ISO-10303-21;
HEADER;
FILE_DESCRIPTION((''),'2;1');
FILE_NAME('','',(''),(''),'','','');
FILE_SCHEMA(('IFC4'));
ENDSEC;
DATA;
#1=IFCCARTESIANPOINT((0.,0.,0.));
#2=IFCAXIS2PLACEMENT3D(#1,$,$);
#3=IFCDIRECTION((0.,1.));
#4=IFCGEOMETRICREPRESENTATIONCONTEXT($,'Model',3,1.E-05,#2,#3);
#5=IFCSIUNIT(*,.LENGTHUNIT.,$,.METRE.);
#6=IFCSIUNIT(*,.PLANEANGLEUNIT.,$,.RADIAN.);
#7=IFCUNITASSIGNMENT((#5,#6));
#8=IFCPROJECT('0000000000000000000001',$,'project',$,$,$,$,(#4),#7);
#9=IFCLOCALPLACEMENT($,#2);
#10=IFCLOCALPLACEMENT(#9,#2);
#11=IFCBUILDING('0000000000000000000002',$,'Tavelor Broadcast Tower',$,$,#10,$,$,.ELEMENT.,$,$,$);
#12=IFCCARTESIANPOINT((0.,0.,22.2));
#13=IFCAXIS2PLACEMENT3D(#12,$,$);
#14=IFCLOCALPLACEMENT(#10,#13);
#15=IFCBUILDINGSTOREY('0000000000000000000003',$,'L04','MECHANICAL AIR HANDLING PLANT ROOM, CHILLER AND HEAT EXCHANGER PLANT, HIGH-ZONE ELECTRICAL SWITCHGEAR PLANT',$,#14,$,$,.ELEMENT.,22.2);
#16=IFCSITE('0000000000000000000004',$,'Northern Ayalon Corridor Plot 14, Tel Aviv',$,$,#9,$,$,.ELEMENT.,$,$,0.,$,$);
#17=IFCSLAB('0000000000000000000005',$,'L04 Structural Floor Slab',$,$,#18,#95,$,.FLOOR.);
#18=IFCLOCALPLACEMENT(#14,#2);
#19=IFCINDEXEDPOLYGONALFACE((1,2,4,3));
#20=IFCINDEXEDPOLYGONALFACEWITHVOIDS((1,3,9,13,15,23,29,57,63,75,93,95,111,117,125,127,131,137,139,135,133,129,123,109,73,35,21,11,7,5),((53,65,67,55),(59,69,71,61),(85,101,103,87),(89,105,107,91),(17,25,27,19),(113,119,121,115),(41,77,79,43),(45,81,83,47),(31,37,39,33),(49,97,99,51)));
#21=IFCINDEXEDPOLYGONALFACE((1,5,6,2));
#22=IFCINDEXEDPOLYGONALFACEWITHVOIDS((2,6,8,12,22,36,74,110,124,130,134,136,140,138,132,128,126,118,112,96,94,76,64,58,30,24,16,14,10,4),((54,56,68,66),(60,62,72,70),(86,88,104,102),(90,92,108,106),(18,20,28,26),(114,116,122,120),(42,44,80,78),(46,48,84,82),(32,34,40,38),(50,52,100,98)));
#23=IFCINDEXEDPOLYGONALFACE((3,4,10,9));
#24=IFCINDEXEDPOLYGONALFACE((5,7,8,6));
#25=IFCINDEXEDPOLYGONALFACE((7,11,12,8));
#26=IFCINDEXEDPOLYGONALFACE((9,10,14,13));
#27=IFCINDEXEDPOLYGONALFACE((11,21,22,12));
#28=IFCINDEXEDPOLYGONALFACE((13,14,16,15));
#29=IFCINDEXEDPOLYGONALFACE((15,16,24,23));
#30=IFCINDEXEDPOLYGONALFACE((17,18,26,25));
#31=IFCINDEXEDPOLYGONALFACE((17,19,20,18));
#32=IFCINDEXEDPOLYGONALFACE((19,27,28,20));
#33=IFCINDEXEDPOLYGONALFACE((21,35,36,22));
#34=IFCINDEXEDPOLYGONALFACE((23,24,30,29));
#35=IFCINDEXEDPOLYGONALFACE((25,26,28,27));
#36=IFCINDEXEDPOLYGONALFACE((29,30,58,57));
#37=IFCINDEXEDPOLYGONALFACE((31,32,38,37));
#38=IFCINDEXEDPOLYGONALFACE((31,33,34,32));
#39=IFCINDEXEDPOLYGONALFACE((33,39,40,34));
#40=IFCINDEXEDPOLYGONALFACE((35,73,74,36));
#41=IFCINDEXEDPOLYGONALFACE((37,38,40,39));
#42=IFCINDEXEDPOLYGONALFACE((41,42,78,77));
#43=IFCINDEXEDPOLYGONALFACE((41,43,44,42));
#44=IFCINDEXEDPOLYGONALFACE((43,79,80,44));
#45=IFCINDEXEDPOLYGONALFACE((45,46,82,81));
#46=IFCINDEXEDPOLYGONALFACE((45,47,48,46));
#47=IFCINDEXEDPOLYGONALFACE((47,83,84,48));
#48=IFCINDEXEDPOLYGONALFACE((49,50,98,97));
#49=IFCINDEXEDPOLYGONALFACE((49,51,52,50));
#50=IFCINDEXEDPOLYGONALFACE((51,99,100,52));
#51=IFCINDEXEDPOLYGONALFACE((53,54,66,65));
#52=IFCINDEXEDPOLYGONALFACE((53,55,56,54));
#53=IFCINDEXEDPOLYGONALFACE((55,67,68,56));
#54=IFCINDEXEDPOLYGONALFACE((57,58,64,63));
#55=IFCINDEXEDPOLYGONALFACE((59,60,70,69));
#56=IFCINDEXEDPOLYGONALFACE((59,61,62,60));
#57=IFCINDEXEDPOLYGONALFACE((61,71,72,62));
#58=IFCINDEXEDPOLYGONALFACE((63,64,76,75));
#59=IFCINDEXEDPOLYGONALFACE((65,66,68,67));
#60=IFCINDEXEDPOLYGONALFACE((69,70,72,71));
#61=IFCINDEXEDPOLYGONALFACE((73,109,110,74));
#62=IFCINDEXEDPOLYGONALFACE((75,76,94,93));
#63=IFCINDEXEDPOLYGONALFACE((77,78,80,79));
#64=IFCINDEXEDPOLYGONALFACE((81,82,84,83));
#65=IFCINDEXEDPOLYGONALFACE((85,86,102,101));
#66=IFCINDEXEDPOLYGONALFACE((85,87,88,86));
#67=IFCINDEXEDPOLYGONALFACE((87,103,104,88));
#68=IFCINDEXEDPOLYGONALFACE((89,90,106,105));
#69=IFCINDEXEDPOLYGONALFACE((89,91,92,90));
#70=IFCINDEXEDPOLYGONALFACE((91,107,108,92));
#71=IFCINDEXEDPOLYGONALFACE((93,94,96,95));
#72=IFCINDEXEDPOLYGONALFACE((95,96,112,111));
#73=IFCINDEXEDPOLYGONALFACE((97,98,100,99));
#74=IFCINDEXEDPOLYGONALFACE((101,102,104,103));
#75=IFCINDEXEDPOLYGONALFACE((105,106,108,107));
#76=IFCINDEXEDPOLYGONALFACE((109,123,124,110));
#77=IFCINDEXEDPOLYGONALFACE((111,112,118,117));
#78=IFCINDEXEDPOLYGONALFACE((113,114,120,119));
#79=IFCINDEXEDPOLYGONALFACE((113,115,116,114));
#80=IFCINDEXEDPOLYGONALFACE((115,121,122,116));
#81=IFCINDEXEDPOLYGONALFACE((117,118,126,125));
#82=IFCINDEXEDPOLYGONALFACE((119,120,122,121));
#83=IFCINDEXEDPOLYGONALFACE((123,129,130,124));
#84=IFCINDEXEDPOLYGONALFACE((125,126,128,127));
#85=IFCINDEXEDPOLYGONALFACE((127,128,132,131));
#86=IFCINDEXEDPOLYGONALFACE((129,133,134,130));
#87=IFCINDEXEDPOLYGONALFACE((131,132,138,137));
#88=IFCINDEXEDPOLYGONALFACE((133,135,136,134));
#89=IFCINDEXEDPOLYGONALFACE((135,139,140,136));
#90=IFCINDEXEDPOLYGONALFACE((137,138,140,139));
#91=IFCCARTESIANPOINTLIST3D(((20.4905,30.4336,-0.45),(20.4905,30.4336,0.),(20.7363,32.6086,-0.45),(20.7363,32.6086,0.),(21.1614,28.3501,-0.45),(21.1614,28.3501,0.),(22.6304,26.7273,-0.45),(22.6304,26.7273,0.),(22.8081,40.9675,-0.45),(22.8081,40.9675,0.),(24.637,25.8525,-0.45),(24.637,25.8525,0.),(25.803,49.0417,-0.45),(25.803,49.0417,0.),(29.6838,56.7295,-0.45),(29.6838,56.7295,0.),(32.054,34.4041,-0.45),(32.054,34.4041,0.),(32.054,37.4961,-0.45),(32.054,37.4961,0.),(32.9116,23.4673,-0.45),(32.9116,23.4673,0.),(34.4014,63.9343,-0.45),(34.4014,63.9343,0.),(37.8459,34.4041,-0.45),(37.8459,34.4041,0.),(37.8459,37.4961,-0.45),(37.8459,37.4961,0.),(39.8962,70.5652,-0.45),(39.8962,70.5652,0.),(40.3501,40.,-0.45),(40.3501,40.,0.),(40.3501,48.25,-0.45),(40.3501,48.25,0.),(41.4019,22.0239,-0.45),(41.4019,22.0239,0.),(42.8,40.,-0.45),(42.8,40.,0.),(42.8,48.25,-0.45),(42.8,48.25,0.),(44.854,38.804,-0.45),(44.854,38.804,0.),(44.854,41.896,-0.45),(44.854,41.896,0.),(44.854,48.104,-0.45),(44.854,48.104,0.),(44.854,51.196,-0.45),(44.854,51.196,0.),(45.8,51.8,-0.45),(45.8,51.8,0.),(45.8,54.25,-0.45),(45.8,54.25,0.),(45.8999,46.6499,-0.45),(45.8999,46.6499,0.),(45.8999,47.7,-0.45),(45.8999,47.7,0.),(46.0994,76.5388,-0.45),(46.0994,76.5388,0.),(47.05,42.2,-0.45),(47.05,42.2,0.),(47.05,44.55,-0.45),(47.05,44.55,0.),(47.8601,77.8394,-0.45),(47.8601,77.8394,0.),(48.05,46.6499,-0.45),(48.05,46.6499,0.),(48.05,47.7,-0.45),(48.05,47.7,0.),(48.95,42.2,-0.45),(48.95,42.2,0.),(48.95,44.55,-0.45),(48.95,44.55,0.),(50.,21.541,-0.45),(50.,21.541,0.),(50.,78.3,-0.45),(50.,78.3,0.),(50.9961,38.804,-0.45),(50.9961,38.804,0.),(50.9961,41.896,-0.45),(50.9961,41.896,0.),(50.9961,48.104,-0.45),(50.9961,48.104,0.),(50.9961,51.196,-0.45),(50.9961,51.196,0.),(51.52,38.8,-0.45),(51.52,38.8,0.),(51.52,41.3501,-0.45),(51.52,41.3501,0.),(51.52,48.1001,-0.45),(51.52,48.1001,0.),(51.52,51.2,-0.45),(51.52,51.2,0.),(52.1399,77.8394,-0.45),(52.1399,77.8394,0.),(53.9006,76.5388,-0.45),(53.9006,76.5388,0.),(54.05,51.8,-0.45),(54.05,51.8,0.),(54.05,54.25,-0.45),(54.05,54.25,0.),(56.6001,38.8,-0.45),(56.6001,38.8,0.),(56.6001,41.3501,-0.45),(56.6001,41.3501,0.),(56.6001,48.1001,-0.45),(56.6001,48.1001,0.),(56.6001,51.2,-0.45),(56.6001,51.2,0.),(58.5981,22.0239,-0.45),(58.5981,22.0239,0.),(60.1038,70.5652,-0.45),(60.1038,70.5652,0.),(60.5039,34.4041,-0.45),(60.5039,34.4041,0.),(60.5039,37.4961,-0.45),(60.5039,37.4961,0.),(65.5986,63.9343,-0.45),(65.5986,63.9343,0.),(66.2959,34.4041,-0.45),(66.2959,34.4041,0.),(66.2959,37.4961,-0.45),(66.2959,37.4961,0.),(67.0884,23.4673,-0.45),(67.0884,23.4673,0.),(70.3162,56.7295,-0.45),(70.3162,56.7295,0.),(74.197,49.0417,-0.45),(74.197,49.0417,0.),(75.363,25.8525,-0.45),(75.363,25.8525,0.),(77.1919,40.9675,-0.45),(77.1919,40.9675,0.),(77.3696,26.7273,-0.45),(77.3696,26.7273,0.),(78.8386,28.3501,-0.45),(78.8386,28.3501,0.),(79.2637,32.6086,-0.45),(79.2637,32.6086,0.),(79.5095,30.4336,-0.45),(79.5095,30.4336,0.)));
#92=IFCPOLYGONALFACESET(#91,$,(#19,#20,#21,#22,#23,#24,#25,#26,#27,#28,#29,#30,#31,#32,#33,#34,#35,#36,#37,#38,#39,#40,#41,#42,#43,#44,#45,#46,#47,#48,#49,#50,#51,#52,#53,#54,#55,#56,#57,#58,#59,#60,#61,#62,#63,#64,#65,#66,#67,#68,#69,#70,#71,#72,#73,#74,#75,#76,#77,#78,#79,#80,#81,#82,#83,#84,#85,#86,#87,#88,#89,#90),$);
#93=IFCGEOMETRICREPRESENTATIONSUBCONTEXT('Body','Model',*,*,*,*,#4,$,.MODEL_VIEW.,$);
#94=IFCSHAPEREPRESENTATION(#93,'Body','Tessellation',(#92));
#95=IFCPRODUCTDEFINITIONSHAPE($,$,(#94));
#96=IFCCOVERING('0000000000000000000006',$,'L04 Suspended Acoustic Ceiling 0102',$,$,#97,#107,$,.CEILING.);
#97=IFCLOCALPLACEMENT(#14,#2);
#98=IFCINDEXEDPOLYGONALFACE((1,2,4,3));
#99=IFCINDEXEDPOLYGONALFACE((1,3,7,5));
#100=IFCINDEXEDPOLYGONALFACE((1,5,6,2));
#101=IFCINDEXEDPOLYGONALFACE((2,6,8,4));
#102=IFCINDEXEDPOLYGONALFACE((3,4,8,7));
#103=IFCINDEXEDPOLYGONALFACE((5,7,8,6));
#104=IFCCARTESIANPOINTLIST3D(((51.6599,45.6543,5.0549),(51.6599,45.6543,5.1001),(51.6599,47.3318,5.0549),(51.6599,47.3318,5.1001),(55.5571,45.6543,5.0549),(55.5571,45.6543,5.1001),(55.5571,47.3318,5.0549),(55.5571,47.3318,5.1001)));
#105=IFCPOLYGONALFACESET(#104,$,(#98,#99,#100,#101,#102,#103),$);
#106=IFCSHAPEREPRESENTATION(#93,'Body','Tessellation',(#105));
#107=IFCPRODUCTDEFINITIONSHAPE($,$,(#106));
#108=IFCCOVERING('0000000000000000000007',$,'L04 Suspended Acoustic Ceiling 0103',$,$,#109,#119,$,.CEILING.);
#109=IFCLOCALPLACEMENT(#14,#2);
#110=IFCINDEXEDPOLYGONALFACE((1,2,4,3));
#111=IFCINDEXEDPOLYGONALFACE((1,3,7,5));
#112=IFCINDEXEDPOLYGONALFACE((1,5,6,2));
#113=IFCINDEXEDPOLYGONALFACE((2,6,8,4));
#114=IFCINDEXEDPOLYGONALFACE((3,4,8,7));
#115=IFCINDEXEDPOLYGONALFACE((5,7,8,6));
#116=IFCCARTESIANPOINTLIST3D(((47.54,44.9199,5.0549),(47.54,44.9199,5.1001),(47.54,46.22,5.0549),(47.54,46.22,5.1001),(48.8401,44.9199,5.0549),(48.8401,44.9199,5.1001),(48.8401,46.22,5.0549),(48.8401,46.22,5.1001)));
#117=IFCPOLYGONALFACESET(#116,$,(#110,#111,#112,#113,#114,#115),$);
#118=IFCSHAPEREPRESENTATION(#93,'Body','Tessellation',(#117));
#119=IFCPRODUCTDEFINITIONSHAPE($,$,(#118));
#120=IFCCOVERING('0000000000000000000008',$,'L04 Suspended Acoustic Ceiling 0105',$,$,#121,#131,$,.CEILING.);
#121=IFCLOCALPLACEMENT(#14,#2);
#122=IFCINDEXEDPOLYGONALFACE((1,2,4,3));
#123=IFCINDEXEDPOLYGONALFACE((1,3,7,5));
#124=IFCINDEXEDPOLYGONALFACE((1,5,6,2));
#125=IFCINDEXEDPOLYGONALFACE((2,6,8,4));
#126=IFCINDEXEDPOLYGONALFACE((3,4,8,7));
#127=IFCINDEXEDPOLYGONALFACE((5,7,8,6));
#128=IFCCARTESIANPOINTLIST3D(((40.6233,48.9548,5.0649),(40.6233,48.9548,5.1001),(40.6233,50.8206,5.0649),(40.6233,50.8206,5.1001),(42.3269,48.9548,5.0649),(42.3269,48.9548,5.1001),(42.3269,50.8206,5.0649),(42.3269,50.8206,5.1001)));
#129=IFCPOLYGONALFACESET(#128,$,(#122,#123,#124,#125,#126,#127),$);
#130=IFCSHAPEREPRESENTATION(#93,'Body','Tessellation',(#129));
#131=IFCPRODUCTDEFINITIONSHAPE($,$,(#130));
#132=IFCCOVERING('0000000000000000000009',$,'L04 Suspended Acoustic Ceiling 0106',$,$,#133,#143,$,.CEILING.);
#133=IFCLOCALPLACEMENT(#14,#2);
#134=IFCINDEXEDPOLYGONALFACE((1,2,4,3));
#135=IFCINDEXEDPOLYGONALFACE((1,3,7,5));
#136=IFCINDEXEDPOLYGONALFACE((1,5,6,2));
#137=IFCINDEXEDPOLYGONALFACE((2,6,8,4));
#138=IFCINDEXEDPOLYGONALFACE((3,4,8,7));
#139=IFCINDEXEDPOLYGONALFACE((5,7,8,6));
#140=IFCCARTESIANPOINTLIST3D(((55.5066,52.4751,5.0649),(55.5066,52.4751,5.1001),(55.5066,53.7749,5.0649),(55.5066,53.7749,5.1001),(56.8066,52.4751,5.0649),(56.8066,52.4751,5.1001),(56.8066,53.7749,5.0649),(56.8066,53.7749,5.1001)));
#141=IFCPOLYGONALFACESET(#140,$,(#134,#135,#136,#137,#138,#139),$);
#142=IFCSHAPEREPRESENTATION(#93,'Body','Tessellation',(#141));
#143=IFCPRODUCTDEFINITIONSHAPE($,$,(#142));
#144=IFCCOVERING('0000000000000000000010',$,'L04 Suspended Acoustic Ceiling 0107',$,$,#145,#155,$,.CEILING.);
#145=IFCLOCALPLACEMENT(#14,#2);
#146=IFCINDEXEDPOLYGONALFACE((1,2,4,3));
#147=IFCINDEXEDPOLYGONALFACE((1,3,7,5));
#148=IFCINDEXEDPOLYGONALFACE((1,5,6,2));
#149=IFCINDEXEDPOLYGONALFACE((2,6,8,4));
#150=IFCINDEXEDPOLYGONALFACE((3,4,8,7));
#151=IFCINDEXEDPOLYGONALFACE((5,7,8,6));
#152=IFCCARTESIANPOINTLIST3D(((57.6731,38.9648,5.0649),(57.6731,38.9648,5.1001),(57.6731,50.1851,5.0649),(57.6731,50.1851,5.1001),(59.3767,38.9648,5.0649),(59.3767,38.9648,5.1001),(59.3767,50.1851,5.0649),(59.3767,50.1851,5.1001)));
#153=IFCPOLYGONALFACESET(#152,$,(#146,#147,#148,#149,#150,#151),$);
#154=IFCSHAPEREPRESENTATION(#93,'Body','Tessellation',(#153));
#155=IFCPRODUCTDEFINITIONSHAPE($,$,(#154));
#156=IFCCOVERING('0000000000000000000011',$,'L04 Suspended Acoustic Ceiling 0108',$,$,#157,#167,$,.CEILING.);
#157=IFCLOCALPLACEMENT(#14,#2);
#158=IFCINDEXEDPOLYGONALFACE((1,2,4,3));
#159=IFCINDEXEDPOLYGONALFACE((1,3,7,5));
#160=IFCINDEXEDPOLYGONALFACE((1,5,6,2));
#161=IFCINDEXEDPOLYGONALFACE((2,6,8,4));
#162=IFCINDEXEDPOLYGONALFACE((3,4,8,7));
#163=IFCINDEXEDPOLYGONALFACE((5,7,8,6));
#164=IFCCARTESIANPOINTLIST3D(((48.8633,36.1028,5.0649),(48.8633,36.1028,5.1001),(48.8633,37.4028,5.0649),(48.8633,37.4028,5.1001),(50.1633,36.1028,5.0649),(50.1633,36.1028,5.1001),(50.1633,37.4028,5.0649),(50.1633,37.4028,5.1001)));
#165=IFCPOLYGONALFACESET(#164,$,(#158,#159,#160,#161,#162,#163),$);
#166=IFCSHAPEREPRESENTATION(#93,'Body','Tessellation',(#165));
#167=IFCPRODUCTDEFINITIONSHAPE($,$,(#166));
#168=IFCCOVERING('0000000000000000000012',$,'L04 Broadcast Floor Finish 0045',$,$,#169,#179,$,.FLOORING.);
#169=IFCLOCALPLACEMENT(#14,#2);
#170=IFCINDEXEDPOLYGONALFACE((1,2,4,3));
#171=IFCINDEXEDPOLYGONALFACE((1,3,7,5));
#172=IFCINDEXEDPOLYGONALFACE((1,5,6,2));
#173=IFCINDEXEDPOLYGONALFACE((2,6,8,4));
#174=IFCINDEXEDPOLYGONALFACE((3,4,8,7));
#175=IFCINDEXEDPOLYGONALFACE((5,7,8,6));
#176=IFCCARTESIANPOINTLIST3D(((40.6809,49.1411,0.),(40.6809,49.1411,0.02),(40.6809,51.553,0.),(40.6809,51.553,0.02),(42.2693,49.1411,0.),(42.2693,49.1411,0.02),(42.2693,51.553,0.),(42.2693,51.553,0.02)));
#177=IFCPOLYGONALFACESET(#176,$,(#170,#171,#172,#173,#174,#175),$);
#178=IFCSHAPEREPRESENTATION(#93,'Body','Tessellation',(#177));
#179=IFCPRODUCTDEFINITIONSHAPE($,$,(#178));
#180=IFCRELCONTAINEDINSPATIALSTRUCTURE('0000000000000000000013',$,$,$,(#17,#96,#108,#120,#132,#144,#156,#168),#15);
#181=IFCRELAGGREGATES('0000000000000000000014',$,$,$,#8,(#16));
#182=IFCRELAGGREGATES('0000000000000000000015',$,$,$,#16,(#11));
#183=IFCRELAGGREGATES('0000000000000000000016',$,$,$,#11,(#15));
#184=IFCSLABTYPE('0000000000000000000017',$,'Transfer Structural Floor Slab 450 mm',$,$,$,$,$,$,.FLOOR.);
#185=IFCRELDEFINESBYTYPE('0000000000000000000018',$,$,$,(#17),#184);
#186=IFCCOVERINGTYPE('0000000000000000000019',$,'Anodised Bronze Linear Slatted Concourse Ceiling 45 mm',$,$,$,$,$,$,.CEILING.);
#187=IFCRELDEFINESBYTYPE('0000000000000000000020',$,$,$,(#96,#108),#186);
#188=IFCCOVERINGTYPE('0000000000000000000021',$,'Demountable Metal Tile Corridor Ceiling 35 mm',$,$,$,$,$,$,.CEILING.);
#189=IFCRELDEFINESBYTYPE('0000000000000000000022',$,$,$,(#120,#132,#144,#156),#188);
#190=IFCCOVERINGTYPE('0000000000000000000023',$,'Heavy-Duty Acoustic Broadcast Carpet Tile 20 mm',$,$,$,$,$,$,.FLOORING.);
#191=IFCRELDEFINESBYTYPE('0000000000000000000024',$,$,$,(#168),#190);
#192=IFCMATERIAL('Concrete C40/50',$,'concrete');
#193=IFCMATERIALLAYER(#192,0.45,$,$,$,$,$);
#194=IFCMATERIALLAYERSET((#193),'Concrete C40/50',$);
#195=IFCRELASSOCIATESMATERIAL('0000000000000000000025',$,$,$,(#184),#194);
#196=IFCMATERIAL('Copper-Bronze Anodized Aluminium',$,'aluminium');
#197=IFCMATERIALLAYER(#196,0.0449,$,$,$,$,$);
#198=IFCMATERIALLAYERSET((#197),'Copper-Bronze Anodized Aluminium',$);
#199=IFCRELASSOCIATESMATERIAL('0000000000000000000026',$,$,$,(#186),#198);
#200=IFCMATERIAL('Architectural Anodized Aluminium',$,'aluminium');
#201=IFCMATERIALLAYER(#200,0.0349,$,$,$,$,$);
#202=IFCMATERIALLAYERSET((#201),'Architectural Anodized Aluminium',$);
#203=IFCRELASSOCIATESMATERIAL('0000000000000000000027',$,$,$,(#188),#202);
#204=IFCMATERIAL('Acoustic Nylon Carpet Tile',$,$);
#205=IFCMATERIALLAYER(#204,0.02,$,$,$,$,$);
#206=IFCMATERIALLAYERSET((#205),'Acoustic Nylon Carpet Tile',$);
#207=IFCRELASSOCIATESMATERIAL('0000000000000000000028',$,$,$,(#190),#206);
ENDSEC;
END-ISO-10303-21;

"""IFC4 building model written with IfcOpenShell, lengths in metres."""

from ifc_helpers import new_model, si_unit, direction, frame, origin, place, context, subcontext, project, spatial, polyline, outline, extrude, material, layer, layer_set, type_object, element, save


model = new_model("IFC4")

# Units and contexts
model_context = context("Model", 3, precision=1e-05, world=origin(), true_north=direction((0.0, 1.0)))
body_context = subcontext(model_context, "Body", "Model", "MODEL_VIEW")
ifc_project = project(units=[si_unit("LENGTHUNIT", "METRE"), si_unit("PLANEANGLEUNIT", "RADIAN")], contexts=[model_context])

# Site, building, storey
site_placement = place(None, origin())
site = spatial("IfcSite", under=ifc_project, at=site_placement, Name="Northern Ayalon Corridor Plot 14, Tel Aviv", CompositionType="ELEMENT", RefElevation=0.0)
building_placement = place(site_placement, origin())
building = spatial("IfcBuilding", under=site, at=building_placement, Name="Tavelor Broadcast Tower", CompositionType="ELEMENT")
storey_placement = place(building_placement, frame((0.0, 0.0, 22.2)))
storey = spatial("IfcBuildingStorey", under=building, at=storey_placement, Name="L04", Description="MECHANICAL AIR HANDLING PLANT ROOM, CHILLER AND HEAT EXCHANGER PLANT, HIGH-ZONE ELECTRICAL SWITCHGEAR PLANT", CompositionType="ELEMENT", Elevation=22.2)

# Shared definitions
ifc_material_1 = material(Name="Concrete C40/50", Category="concrete")

# Slab
ifc_layer_1 = layer(ifc_material_1, 0.45)
ifc_layer_set_1 = layer_set([ifc_layer_1], Name="Concrete C40/50")
slab_type_1 = type_object("IfcSlabType", Name="Transfer Structural Floor Slab 450 mm", PredefinedType="FLOOR", material=ifc_layer_set_1)
slab_1_placement = place(storey_placement, frame((0.0, 0.0, -0.45)))
element("IfcSlab", 1, at=slab_1_placement, inside=storey, type_object=slab_type_1, Name="L04 Structural Floor Slab", PredefinedType="FLOOR", context=body_context, shape_type="SweptSolid", body=[
    extrude(outline(polyline([(53.9006, 76.5388), (52.1399, 77.8394), (50.0, 78.3), (47.8601, 77.8394), (46.0994, 76.5388), (39.8962, 70.5652), (34.4014, 63.9343), (29.6838, 56.7295), (25.803, 49.0417), (22.8081, 40.9675), (20.7363, 32.6086), (20.4905, 30.4336), (21.1614, 28.3501), (22.6304, 26.7273), (24.637, 25.8525), (32.9116, 23.4673), (41.4019, 22.0239), (50.0, 21.541), (58.5981, 22.0239), (67.0884, 23.4673), (75.363, 25.8525), (77.3696, 26.7273), (78.8386, 28.3501), (79.5095, 30.4336), (79.2637, 32.6086), (77.1919, 40.9675), (74.197, 49.0417), (70.3162, 56.7295), (65.5986, 63.9343), (60.1038, 70.5652), (53.9006, 76.5388)]), holes=[polyline([(37.8459, 34.4041), (32.054, 34.4041), (32.054, 37.4961), (37.8459, 37.4961), (37.8459, 34.4041)]), polyline([(66.2959, 34.4041), (60.5039, 34.4041), (60.5039, 37.4961), (66.2959, 37.4961), (66.2959, 34.4041)]), polyline([(56.6001, 38.8), (51.52, 38.8), (51.52, 41.3501), (56.6001, 41.3501), (56.6001, 38.8)]), polyline([(44.854, 38.804), (44.854, 41.896), (50.9961, 41.896), (50.9961, 38.804), (44.854, 38.804)]), polyline([(47.05, 44.55), (48.95, 44.55), (48.95, 42.2), (47.05, 42.2), (47.05, 44.55)]), polyline([(40.3501, 40.0), (40.3501, 48.25), (42.8, 48.25), (42.8, 40.0), (40.3501, 40.0)]), polyline([(48.05, 46.6499), (45.8999, 46.6499), (45.8999, 47.7), (48.05, 47.7), (48.05, 46.6499)]), polyline([(50.9961, 48.104), (44.854, 48.104), (44.854, 51.196), (50.9961, 51.196), (50.9961, 48.104)]), polyline([(51.52, 48.1001), (51.52, 51.2), (56.6001, 51.2), (56.6001, 48.1001), (51.52, 48.1001)]), polyline([(45.8, 51.8), (45.8, 54.25), (54.05, 54.25), (54.05, 51.8), (45.8, 51.8)])]), origin(), (0.0, 0.0, 1.0), 0.45),
])

# Coverings
ifc_material_2 = material(Name="Copper-Bronze Anodized Aluminium", Category="aluminium")
ifc_layer_2 = layer(ifc_material_2, 0.0449)
ifc_layer_set_2 = layer_set([ifc_layer_2], Name="Copper-Bronze Anodized Aluminium")
covering_type_1 = type_object("IfcCoveringType", Name="Anodised Bronze Linear Slatted Concourse Ceiling 45 mm", PredefinedType="CEILING", material=ifc_layer_set_2)
covering_1_placement = place(storey_placement, frame((0.0, 0.0, 5.0549)))
element("IfcCovering", 2, at=covering_1_placement, inside=storey, type_object=covering_type_1, Name="L04 Suspended Acoustic Ceiling 0102", PredefinedType="CEILING", context=body_context, shape_type="SweptSolid", body=[
    extrude(outline(polyline([(51.6599, 45.6543), (55.5571, 45.6543), (55.5571, 47.3318), (51.6599, 47.3318), (51.6599, 45.6543)])), origin(), (0.0, 0.0, 1.0), 0.0452),
])
covering_2_placement = place(storey_placement, frame((0.0, 0.0, 5.0549)))
element("IfcCovering", 3, at=covering_2_placement, inside=storey, type_object=covering_type_1, Name="L04 Suspended Acoustic Ceiling 0103", PredefinedType="CEILING", context=body_context, shape_type="SweptSolid", body=[
    extrude(outline(polyline([(47.54, 44.9199), (48.8401, 44.9199), (48.8401, 46.22), (47.54, 46.22), (47.54, 44.9199)])), origin(), (0.0, 0.0, 1.0), 0.0452),
])
ifc_material_3 = material(Name="Architectural Anodized Aluminium", Category="aluminium")
ifc_layer_3 = layer(ifc_material_3, 0.0349)
ifc_layer_set_3 = layer_set([ifc_layer_3], Name="Architectural Anodized Aluminium")
covering_type_2 = type_object("IfcCoveringType", Name="Demountable Metal Tile Corridor Ceiling 35 mm", PredefinedType="CEILING", material=ifc_layer_set_3)
covering_3_placement = place(storey_placement, frame((0.0, 0.0, 5.0649)))
element("IfcCovering", 4, at=covering_3_placement, inside=storey, type_object=covering_type_2, Name="L04 Suspended Acoustic Ceiling 0105", PredefinedType="CEILING", context=body_context, shape_type="SweptSolid", body=[
    extrude(outline(polyline([(40.6233, 48.9548), (42.3269, 48.9548), (42.3269, 50.8206), (40.6233, 50.8206), (40.6233, 48.9548)])), origin(), (0.0, 0.0, 1.0), 0.0352),
])
covering_4_placement = place(storey_placement, frame((0.0, 0.0, 5.0649)))
element("IfcCovering", 5, at=covering_4_placement, inside=storey, type_object=covering_type_2, Name="L04 Suspended Acoustic Ceiling 0106", PredefinedType="CEILING", context=body_context, shape_type="SweptSolid", body=[
    extrude(outline(polyline([(55.5066, 52.4751), (56.8066, 52.4751), (56.8066, 53.7749), (55.5066, 53.7749), (55.5066, 52.4751)])), origin(), (0.0, 0.0, 1.0), 0.0352),
])
covering_5_placement = place(storey_placement, frame((0.0, 0.0, 5.0649)))
element("IfcCovering", 6, at=covering_5_placement, inside=storey, type_object=covering_type_2, Name="L04 Suspended Acoustic Ceiling 0107", PredefinedType="CEILING", context=body_context, shape_type="SweptSolid", body=[
    extrude(outline(polyline([(57.6731, 38.9648), (59.3767, 38.9648), (59.3767, 50.1851), (57.6731, 50.1851), (57.6731, 38.9648)])), origin(), (0.0, 0.0, 1.0), 0.0352),
])
covering_6_placement = place(storey_placement, frame((0.0, 0.0, 5.0649)))
element("IfcCovering", 7, at=covering_6_placement, inside=storey, type_object=covering_type_2, Name="L04 Suspended Acoustic Ceiling 0108", PredefinedType="CEILING", context=body_context, shape_type="SweptSolid", body=[
    extrude(outline(polyline([(48.8633, 36.1028), (50.1633, 36.1028), (50.1633, 37.4028), (48.8633, 37.4028), (48.8633, 36.1028)])), origin(), (0.0, 0.0, 1.0), 0.0352),
])
ifc_material_4 = material(Name="Acoustic Nylon Carpet Tile")
ifc_layer_4 = layer(ifc_material_4, 0.02)
ifc_layer_set_4 = layer_set([ifc_layer_4], Name="Acoustic Nylon Carpet Tile")
covering_type_3 = type_object("IfcCoveringType", Name="Heavy-Duty Acoustic Broadcast Carpet Tile 20 mm", PredefinedType="FLOORING", material=ifc_layer_set_4)
covering_7_placement = place(storey_placement, origin())
element("IfcCovering", 8, at=covering_7_placement, inside=storey, type_object=covering_type_3, Name="L04 Broadcast Floor Finish 0045", PredefinedType="FLOORING", context=body_context, shape_type="SweptSolid", body=[
    extrude(outline(polyline([(40.6809, 49.1411), (42.2693, 49.1411), (42.2693, 51.553), (40.6809, 51.553), (40.6809, 49.1411)])), origin(), (0.0, 0.0, 1.0), 0.02),
])

save(model, "model.ifc")
